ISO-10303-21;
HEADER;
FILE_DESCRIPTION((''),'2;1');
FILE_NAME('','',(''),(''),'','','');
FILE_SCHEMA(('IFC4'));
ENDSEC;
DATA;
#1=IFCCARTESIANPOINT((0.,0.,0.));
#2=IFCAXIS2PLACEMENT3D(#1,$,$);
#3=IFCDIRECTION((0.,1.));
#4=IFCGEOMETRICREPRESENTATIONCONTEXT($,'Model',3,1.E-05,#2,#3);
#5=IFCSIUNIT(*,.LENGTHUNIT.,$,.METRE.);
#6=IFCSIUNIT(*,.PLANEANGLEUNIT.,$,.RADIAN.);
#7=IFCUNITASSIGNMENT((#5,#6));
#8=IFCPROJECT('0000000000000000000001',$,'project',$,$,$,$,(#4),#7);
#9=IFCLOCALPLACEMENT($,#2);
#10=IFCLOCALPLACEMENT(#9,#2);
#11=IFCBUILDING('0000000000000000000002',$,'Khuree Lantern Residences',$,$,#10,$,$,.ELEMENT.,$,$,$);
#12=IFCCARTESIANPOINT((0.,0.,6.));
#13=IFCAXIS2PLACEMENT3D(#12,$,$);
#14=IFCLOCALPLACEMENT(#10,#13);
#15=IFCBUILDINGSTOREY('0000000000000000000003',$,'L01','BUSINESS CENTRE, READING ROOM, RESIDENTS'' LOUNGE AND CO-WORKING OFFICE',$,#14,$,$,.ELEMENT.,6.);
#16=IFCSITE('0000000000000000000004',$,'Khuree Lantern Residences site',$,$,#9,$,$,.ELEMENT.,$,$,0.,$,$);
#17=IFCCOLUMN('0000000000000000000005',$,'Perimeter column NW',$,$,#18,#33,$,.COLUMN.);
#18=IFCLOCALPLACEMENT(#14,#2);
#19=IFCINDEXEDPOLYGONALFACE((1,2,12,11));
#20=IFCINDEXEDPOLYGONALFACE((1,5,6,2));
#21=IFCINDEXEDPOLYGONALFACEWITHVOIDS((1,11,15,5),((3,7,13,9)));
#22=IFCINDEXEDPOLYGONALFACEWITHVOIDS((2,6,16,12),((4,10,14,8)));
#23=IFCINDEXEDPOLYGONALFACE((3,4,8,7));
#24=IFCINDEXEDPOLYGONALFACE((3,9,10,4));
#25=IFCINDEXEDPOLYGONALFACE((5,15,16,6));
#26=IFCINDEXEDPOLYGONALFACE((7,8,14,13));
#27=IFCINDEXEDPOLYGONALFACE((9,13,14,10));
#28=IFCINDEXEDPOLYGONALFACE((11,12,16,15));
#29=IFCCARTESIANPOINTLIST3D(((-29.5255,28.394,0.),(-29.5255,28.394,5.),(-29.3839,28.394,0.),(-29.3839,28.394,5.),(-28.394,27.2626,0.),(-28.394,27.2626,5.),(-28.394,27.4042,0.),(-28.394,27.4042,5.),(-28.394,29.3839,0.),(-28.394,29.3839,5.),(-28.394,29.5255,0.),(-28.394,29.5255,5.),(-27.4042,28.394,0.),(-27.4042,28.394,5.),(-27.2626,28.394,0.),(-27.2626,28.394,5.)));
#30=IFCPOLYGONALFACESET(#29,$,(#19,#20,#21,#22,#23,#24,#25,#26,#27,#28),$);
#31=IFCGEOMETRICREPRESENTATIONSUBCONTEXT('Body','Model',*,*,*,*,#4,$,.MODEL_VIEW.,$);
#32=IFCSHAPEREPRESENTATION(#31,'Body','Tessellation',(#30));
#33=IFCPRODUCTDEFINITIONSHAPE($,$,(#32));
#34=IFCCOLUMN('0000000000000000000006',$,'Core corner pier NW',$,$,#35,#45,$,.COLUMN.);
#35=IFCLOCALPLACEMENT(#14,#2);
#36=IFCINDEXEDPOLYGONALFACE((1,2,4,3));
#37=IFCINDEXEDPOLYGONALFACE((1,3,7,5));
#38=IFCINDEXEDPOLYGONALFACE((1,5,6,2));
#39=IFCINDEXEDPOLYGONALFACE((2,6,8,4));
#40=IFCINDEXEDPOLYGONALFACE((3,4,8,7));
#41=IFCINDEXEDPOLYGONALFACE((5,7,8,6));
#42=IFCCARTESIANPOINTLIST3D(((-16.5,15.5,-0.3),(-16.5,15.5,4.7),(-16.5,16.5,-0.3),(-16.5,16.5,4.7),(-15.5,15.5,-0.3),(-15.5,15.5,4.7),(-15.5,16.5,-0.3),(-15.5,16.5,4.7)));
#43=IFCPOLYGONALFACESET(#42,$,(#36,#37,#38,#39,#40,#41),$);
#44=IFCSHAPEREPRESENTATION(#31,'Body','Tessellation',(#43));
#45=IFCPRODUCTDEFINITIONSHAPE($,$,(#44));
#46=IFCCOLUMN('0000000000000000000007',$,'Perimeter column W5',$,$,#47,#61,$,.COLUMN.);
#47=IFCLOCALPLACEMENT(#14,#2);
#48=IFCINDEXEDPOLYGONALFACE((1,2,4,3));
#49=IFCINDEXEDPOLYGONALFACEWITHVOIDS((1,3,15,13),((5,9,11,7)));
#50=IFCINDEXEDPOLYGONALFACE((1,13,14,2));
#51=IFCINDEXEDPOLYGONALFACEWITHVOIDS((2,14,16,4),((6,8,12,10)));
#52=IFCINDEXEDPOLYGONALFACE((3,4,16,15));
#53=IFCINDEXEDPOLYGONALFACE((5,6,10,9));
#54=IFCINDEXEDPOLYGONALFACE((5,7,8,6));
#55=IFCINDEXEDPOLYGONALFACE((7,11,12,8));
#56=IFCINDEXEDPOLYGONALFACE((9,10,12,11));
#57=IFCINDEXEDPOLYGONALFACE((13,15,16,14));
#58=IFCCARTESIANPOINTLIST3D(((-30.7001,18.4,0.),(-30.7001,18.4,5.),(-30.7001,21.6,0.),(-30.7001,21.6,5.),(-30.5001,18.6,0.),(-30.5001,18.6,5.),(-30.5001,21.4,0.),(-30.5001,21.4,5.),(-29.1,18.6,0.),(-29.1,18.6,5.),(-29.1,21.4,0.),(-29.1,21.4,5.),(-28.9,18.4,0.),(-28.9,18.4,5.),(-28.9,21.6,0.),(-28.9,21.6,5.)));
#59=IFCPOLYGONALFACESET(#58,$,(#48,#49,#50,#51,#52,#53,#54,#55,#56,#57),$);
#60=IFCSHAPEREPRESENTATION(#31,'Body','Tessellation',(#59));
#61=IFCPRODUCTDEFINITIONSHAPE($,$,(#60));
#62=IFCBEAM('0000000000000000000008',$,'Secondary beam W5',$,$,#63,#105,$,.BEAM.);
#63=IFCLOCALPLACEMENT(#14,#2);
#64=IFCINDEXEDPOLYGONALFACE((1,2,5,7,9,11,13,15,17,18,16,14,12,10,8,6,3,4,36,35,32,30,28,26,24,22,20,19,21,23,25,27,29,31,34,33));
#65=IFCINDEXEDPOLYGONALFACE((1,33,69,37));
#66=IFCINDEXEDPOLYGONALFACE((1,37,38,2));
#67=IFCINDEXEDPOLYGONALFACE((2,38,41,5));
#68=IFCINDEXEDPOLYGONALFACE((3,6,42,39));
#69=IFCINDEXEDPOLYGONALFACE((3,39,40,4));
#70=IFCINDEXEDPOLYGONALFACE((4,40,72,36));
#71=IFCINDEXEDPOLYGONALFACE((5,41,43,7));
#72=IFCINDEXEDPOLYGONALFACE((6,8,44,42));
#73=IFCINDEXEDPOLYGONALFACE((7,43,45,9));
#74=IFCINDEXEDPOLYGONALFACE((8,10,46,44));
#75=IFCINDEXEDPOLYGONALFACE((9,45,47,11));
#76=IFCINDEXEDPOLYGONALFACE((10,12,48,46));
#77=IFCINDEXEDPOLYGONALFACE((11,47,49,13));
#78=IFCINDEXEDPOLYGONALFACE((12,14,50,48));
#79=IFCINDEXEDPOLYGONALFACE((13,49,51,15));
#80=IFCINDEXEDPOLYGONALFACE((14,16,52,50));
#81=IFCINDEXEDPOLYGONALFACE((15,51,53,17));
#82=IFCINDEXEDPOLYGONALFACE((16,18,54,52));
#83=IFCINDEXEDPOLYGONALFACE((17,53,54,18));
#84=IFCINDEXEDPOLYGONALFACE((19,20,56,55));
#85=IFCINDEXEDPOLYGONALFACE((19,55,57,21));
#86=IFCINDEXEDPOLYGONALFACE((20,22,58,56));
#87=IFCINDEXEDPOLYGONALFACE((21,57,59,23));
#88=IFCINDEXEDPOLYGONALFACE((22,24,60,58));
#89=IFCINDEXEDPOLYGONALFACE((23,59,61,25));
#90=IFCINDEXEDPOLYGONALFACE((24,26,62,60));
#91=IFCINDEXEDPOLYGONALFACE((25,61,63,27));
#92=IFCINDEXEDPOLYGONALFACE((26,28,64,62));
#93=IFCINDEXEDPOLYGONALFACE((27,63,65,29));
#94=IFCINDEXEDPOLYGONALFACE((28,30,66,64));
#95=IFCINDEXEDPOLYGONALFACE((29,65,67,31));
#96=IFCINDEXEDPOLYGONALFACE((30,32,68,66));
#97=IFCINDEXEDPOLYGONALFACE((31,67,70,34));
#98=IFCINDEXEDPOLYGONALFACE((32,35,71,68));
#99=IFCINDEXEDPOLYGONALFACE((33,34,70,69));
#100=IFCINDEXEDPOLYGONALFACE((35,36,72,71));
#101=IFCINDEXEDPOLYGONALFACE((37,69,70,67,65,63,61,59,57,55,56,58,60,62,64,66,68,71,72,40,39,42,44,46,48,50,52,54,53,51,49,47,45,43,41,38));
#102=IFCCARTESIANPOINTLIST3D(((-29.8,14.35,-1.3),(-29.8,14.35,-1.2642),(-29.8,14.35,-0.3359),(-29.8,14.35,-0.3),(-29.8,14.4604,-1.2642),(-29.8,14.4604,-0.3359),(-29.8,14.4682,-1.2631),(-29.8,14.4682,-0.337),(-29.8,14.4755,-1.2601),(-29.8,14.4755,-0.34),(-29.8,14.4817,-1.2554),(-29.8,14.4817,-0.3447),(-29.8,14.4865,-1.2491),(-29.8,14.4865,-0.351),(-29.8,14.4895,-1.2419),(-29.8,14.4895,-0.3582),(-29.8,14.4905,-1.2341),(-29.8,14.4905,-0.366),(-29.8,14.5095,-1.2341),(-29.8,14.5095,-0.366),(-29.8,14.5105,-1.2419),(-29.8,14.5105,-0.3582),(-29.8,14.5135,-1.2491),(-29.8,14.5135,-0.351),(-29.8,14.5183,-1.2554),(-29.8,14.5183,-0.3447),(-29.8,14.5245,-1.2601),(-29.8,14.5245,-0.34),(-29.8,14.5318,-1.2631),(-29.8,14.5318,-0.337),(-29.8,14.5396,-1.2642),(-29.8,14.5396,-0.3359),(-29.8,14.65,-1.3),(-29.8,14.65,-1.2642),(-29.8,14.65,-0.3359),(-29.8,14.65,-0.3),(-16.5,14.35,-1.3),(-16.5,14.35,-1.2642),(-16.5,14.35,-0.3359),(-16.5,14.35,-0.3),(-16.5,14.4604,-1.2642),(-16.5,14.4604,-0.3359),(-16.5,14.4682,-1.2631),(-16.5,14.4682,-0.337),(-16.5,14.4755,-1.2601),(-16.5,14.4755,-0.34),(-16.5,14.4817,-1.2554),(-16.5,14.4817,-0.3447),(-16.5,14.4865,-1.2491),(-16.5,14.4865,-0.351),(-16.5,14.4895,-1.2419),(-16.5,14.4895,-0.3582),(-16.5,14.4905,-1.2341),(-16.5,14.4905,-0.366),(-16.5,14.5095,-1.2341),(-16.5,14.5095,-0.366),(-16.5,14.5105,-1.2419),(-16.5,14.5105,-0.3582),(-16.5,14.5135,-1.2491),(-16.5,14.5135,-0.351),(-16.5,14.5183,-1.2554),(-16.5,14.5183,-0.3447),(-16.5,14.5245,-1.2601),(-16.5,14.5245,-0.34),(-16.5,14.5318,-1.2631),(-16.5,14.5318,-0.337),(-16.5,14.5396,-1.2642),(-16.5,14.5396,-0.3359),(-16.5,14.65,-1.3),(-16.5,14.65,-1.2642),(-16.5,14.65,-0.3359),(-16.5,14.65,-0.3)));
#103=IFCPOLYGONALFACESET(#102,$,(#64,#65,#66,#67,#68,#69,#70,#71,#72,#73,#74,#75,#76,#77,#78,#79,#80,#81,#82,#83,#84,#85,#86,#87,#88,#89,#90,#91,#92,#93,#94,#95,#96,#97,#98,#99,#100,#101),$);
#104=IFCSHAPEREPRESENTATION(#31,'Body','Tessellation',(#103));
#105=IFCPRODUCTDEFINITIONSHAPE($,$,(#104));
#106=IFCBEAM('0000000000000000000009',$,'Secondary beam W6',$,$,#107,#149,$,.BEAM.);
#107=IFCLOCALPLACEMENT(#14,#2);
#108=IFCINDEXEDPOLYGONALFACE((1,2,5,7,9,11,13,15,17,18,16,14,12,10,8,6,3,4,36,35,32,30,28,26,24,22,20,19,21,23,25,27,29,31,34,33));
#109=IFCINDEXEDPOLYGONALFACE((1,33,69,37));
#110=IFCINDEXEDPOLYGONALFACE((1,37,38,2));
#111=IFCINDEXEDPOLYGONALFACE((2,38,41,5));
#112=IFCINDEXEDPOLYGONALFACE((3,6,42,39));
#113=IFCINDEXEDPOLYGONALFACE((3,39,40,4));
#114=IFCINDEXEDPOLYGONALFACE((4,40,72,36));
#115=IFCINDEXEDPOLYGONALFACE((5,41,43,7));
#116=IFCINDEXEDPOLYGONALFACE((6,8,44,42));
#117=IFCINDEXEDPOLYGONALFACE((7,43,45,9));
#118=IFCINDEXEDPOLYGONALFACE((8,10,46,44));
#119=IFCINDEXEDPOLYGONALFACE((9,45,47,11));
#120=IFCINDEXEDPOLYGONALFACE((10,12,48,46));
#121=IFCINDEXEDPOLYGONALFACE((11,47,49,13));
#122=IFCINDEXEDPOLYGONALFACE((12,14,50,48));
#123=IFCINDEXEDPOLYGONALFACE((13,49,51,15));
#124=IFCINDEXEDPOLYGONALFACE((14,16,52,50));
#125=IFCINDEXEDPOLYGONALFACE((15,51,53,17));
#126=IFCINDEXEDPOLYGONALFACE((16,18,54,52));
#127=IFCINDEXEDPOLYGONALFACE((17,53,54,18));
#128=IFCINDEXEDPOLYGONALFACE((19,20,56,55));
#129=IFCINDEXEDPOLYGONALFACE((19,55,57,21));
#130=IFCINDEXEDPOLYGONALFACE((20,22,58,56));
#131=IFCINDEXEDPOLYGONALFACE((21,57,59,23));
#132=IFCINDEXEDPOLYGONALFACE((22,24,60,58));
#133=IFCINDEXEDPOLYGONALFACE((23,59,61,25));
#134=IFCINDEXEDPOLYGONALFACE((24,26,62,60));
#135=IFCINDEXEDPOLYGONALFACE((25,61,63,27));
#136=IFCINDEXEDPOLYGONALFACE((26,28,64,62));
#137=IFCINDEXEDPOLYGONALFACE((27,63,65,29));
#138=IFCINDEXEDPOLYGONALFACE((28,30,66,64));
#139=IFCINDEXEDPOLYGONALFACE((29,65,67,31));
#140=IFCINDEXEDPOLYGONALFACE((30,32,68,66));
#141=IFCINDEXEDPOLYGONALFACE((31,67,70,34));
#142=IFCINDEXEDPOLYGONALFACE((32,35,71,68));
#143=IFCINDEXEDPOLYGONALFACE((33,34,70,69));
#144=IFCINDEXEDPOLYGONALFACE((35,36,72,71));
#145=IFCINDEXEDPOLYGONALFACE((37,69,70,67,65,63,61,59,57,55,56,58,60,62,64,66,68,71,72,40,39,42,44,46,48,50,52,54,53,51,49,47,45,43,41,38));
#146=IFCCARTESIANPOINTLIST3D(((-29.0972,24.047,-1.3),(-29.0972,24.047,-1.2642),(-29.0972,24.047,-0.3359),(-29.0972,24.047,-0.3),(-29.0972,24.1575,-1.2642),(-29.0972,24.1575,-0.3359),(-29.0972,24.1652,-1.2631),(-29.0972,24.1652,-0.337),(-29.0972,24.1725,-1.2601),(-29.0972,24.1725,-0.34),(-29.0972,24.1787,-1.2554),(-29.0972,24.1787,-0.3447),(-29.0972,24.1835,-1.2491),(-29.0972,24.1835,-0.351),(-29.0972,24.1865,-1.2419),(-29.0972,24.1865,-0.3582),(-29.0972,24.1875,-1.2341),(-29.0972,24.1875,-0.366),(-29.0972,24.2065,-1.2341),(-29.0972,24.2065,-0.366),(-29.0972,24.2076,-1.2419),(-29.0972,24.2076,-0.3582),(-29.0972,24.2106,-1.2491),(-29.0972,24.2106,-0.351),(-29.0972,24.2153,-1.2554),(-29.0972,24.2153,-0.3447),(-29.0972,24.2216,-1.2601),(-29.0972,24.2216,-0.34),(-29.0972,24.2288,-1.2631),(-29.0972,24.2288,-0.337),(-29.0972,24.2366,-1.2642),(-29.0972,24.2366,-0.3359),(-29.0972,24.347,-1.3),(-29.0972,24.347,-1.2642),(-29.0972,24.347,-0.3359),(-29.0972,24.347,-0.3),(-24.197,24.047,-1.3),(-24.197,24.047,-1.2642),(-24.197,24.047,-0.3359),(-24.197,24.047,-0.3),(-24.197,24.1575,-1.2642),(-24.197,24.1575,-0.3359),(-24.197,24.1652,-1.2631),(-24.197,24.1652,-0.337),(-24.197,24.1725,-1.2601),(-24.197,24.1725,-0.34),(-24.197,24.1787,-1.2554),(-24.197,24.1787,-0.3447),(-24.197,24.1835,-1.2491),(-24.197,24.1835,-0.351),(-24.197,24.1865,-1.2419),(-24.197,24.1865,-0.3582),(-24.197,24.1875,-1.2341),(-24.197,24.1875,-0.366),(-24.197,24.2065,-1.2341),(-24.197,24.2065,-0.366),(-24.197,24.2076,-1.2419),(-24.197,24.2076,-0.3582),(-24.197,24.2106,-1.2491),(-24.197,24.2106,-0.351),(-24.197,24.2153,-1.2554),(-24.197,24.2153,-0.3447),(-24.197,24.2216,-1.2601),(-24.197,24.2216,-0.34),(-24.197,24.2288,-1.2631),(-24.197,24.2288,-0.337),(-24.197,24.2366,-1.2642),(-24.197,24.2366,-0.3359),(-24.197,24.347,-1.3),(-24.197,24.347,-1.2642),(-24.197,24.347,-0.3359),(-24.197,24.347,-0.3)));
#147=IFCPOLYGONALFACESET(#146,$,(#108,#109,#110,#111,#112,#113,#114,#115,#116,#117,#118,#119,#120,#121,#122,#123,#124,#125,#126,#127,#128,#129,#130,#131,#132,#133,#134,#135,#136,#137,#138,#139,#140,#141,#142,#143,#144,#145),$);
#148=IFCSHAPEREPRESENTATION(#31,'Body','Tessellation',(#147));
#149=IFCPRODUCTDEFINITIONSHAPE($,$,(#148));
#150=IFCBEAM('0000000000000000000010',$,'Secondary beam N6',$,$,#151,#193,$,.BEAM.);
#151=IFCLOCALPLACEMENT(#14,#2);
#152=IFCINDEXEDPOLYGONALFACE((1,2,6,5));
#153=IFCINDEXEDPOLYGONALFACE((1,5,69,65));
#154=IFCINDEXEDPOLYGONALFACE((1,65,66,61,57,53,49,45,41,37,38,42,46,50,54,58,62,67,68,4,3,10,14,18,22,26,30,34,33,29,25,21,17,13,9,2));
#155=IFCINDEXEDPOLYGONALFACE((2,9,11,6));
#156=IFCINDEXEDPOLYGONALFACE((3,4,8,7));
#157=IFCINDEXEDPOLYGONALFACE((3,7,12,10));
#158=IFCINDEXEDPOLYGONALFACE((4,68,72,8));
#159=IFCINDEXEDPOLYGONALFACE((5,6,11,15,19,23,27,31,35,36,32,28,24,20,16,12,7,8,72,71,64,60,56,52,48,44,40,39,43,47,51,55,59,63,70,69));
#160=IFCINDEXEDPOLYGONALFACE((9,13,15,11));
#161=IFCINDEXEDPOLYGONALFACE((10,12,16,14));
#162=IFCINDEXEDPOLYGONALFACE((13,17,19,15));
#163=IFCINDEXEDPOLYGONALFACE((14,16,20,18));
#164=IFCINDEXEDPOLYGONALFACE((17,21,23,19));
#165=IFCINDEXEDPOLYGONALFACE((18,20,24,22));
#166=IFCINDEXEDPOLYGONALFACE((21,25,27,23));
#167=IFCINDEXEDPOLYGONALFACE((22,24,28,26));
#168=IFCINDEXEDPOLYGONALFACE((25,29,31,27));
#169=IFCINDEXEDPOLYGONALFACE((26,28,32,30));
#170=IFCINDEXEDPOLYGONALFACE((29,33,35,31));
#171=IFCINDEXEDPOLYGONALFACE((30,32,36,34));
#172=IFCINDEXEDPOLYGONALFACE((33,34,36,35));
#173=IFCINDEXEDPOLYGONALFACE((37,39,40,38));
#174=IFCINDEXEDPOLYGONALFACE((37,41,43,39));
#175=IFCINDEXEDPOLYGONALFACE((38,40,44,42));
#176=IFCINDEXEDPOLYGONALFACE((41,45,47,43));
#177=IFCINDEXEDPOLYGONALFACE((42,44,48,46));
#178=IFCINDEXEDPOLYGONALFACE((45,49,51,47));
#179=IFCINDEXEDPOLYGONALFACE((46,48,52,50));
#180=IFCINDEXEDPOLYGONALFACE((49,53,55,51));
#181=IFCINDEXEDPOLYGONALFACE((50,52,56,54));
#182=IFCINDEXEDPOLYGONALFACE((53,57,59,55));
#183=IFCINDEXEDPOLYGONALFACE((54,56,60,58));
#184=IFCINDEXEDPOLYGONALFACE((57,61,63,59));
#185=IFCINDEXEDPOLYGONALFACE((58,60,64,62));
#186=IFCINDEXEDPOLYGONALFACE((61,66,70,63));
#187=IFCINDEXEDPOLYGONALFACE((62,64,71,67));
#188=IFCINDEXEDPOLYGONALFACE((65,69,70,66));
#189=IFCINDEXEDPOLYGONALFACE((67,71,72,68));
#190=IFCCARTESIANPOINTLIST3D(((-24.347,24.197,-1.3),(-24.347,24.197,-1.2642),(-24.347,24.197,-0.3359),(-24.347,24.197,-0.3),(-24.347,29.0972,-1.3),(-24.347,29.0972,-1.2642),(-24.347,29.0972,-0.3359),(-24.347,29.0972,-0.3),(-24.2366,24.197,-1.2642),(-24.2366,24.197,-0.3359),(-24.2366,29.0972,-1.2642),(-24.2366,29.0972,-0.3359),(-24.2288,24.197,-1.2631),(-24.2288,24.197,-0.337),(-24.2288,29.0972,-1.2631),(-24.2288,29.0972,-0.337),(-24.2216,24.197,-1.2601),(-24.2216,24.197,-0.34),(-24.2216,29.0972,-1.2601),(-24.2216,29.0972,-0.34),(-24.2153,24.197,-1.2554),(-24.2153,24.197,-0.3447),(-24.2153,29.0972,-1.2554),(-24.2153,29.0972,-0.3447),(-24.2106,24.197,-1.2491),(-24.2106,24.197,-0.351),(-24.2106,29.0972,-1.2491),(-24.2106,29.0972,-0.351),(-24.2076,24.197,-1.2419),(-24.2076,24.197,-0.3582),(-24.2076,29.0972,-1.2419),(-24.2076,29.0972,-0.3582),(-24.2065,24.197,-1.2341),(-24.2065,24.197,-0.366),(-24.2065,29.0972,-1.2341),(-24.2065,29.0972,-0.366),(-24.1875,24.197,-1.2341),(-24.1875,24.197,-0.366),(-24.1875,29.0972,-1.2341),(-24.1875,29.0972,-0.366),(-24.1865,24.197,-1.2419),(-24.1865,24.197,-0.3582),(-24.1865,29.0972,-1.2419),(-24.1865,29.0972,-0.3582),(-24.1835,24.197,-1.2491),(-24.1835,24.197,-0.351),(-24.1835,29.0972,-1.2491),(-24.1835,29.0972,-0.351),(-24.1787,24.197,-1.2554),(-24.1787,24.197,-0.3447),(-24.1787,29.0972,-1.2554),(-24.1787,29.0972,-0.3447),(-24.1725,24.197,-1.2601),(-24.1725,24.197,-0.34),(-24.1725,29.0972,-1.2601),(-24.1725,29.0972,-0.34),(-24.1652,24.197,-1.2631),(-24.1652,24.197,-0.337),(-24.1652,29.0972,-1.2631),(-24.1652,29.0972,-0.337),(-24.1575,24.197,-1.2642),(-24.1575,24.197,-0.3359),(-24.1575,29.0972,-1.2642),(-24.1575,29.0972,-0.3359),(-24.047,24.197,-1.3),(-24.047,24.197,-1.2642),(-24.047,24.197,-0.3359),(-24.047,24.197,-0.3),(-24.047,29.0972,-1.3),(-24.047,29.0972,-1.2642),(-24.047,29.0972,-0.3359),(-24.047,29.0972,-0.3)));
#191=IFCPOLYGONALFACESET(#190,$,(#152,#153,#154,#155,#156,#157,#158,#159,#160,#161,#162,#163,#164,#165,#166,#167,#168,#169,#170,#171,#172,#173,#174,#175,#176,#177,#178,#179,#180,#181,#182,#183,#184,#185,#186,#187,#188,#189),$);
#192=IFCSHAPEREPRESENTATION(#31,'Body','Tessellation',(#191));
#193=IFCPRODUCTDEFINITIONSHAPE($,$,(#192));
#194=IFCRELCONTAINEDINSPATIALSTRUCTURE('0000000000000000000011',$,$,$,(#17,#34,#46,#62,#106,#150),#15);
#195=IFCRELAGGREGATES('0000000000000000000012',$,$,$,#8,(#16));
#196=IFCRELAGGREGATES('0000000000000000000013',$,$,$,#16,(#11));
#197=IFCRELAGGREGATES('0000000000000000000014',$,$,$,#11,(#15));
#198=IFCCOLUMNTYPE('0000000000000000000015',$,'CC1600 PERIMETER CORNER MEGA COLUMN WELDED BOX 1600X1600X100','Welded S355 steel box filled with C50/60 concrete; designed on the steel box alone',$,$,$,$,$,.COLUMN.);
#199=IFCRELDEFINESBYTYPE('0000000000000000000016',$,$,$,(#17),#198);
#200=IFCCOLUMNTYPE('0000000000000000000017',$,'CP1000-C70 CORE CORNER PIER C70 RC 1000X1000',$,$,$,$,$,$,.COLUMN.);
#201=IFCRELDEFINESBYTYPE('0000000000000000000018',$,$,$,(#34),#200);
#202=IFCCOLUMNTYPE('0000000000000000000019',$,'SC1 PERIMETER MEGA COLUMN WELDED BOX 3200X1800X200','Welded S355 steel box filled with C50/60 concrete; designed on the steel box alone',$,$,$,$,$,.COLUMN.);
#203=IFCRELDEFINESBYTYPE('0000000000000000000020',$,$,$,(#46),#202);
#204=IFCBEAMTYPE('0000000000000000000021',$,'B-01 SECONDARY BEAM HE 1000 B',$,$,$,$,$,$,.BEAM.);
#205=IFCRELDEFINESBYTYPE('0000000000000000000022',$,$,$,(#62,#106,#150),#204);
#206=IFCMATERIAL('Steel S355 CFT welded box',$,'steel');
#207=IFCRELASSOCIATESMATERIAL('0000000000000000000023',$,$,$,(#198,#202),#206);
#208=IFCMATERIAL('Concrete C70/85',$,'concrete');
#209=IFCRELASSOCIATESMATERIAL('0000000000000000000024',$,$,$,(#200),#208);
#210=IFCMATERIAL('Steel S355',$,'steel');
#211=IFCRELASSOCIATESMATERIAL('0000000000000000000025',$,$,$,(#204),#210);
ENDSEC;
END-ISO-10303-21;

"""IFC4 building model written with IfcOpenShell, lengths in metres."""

from ifc_helpers import new_model, si_unit, direction, frame, origin, origin_2d, place, context, subcontext, project, spatial, rectangle, hollow_rectangle, i_section, extrude, material, material_profile, profile_set, type_object, element, save


model = new_model("IFC4")

# Units and contexts
model_context = context("Model", 3, precision=1e-05, world=origin(), true_north=direction((0.0, 1.0)))
body_context = subcontext(model_context, "Body", "Model", "MODEL_VIEW")
ifc_project = project(units=[si_unit("LENGTHUNIT", "METRE"), si_unit("PLANEANGLEUNIT", "RADIAN")], contexts=[model_context])

# Site, building, storey
site_placement = place(None, origin())
site = spatial("IfcSite", under=ifc_project, at=site_placement, Name="Khuree Lantern Residences site", CompositionType="ELEMENT", RefElevation=0.0)
building_placement = place(site_placement, origin())
building = spatial("IfcBuilding", under=site, at=building_placement, Name="Khuree Lantern Residences", CompositionType="ELEMENT")
storey_placement = place(building_placement, frame((0.0, 0.0, 6.0)))
storey = spatial("IfcBuildingStorey", under=building, at=storey_placement, Name="L01", Description="BUSINESS CENTRE, READING ROOM, RESIDENTS' LOUNGE AND CO-WORKING OFFICE", CompositionType="ELEMENT", Elevation=6.0)

# Columns
ifc_material_1 = material(Name="Steel S355 CFT welded box", Category="steel")
ifc_material_profile_1 = material_profile(ifc_material_1, hollow_rectangle(XDim=1.6001, YDim=1.6001, WallThickness=0.1001, at=origin_2d()), Name="WELDED BOX 1600X1600X100")
ifc_profile_set_1 = profile_set([ifc_material_profile_1], Name="Steel S355 CFT welded box")
column_type_1 = type_object("IfcColumnType", Name="CC1600 PERIMETER CORNER MEGA COLUMN WELDED BOX 1600X1600X100", Description="Welded S355 steel box filled with C50/60 concrete; designed on the steel box alone", PredefinedType="COLUMN", material=ifc_profile_set_1)
column_1_placement = place(storey_placement, frame((-28.394, 28.394, 0.0), z_axis=(0.0, 0.0, 1.0), x_axis=(0.707107, 0.707107, 0.0)))
element("IfcColumn", 1, at=column_1_placement, inside=storey, type_object=column_type_1, Name="Perimeter column NW", PredefinedType="COLUMN", context=body_context, shape_type="SweptSolid", body=[
    extrude(hollow_rectangle(XDim=1.6001, YDim=1.6001, WallThickness=0.1001, at=origin_2d()), origin(), (0.0, 0.0, 1.0), 5.0),
])
ifc_material_2 = material(Name="Concrete C70/85", Category="concrete")
ifc_material_profile_2 = material_profile(ifc_material_2, rectangle(XDim=1.0, YDim=1.0, at=origin_2d()), Name="RC 1000X1000")
ifc_profile_set_2 = profile_set([ifc_material_profile_2], Name="Concrete C70/85")
column_type_2 = type_object("IfcColumnType", Name="CP1000-C70 CORE CORNER PIER C70 RC 1000X1000", PredefinedType="COLUMN", material=ifc_profile_set_2)
column_2_placement = place(storey_placement, frame((-16.0, 16.0, -0.3), z_axis=(0.0, 0.0, 1.0), x_axis=(1.0, 0.0, 0.0)))
element("IfcColumn", 2, at=column_2_placement, inside=storey, type_object=column_type_2, Name="Core corner pier NW", PredefinedType="COLUMN", context=body_context, shape_type="SweptSolid", body=[
    extrude(rectangle(XDim=1.0, YDim=1.0, at=origin_2d()), origin(), (0.0, 0.0, 1.0), 5.0),
])
ifc_material_profile_3 = material_profile(ifc_material_1, hollow_rectangle(XDim=3.2, YDim=1.8, WallThickness=0.2, at=origin_2d()), Name="WELDED BOX 3200X1800X200")
ifc_profile_set_3 = profile_set([ifc_material_profile_3], Name="Steel S355 CFT welded box")
column_type_3 = type_object("IfcColumnType", Name="SC1 PERIMETER MEGA COLUMN WELDED BOX 3200X1800X200", Description="Welded S355 steel box filled with C50/60 concrete; designed on the steel box alone", PredefinedType="COLUMN", material=ifc_profile_set_3)
column_3_placement = place(storey_placement, frame((-29.8, 20.0, 0.0), z_axis=(0.0, 0.0, 1.0), x_axis=(0.0, 1.0, 0.0)))
element("IfcColumn", 3, at=column_3_placement, inside=storey, type_object=column_type_3, Name="Perimeter column W5", PredefinedType="COLUMN", context=body_context, shape_type="SweptSolid", body=[
    extrude(hollow_rectangle(XDim=3.2, YDim=1.8, WallThickness=0.2, at=origin_2d()), origin(), (0.0, 0.0, 1.0), 5.0),
])

# Beams
ifc_material_3 = material(Name="Steel S355", Category="steel")
ifc_material_profile_4 = material_profile(ifc_material_3, i_section(OverallWidth=0.3, OverallDepth=1.0, WebThickness=0.019, FlangeThickness=0.0359, FilletRadius=0.03, at=origin_2d()), Name="HE 1000 B")
ifc_profile_set_4 = profile_set([ifc_material_profile_4], Name="Steel S355")
beam_type_1 = type_object("IfcBeamType", Name="B-01 SECONDARY BEAM HE 1000 B", PredefinedType="BEAM", material=ifc_profile_set_4)
beam_1_placement = place(storey_placement, frame((-29.8, 14.5, -0.8), z_axis=(1.0, 0.0, 0.0), x_axis=(0.0, 1.0, 0.0)))
element("IfcBeam", 4, at=beam_1_placement, inside=storey, type_object=beam_type_1, Name="Secondary beam W5", PredefinedType="BEAM", context=body_context, shape_type="SweptSolid", body=[
    extrude(i_section(OverallWidth=0.3, OverallDepth=1.0, WebThickness=0.019, FlangeThickness=0.0359, FilletRadius=0.03, at=origin_2d()), origin(), (0.0, 0.0, 1.0), 13.3),
])
for number, where, z_axis, x_axis, name in (
    (5, (-29.0972, 24.197, -0.8), (1.0, 0.0, 0.0), (0.0, 1.0, 0.0), "Secondary beam W6"),
    (6, (-24.197, 29.0972, -0.8), (0.0, -1.0, 0.0), (1.0, 0.0, 0.0), "Secondary beam N6"),
):
    element("IfcBeam", number, at=place(storey_placement, frame(where, z_axis=z_axis, x_axis=x_axis)), inside=storey, type_object=beam_type_1, Name=name, PredefinedType="BEAM", context=body_context, shape_type="SweptSolid", body=[
        extrude(i_section(OverallWidth=0.3, OverallDepth=1.0, WebThickness=0.019, FlangeThickness=0.0359, FilletRadius=0.03, at=origin_2d()), origin(), (0.0, 0.0, 1.0), 4.9001),
    ])

save(model, "model.ifc")
